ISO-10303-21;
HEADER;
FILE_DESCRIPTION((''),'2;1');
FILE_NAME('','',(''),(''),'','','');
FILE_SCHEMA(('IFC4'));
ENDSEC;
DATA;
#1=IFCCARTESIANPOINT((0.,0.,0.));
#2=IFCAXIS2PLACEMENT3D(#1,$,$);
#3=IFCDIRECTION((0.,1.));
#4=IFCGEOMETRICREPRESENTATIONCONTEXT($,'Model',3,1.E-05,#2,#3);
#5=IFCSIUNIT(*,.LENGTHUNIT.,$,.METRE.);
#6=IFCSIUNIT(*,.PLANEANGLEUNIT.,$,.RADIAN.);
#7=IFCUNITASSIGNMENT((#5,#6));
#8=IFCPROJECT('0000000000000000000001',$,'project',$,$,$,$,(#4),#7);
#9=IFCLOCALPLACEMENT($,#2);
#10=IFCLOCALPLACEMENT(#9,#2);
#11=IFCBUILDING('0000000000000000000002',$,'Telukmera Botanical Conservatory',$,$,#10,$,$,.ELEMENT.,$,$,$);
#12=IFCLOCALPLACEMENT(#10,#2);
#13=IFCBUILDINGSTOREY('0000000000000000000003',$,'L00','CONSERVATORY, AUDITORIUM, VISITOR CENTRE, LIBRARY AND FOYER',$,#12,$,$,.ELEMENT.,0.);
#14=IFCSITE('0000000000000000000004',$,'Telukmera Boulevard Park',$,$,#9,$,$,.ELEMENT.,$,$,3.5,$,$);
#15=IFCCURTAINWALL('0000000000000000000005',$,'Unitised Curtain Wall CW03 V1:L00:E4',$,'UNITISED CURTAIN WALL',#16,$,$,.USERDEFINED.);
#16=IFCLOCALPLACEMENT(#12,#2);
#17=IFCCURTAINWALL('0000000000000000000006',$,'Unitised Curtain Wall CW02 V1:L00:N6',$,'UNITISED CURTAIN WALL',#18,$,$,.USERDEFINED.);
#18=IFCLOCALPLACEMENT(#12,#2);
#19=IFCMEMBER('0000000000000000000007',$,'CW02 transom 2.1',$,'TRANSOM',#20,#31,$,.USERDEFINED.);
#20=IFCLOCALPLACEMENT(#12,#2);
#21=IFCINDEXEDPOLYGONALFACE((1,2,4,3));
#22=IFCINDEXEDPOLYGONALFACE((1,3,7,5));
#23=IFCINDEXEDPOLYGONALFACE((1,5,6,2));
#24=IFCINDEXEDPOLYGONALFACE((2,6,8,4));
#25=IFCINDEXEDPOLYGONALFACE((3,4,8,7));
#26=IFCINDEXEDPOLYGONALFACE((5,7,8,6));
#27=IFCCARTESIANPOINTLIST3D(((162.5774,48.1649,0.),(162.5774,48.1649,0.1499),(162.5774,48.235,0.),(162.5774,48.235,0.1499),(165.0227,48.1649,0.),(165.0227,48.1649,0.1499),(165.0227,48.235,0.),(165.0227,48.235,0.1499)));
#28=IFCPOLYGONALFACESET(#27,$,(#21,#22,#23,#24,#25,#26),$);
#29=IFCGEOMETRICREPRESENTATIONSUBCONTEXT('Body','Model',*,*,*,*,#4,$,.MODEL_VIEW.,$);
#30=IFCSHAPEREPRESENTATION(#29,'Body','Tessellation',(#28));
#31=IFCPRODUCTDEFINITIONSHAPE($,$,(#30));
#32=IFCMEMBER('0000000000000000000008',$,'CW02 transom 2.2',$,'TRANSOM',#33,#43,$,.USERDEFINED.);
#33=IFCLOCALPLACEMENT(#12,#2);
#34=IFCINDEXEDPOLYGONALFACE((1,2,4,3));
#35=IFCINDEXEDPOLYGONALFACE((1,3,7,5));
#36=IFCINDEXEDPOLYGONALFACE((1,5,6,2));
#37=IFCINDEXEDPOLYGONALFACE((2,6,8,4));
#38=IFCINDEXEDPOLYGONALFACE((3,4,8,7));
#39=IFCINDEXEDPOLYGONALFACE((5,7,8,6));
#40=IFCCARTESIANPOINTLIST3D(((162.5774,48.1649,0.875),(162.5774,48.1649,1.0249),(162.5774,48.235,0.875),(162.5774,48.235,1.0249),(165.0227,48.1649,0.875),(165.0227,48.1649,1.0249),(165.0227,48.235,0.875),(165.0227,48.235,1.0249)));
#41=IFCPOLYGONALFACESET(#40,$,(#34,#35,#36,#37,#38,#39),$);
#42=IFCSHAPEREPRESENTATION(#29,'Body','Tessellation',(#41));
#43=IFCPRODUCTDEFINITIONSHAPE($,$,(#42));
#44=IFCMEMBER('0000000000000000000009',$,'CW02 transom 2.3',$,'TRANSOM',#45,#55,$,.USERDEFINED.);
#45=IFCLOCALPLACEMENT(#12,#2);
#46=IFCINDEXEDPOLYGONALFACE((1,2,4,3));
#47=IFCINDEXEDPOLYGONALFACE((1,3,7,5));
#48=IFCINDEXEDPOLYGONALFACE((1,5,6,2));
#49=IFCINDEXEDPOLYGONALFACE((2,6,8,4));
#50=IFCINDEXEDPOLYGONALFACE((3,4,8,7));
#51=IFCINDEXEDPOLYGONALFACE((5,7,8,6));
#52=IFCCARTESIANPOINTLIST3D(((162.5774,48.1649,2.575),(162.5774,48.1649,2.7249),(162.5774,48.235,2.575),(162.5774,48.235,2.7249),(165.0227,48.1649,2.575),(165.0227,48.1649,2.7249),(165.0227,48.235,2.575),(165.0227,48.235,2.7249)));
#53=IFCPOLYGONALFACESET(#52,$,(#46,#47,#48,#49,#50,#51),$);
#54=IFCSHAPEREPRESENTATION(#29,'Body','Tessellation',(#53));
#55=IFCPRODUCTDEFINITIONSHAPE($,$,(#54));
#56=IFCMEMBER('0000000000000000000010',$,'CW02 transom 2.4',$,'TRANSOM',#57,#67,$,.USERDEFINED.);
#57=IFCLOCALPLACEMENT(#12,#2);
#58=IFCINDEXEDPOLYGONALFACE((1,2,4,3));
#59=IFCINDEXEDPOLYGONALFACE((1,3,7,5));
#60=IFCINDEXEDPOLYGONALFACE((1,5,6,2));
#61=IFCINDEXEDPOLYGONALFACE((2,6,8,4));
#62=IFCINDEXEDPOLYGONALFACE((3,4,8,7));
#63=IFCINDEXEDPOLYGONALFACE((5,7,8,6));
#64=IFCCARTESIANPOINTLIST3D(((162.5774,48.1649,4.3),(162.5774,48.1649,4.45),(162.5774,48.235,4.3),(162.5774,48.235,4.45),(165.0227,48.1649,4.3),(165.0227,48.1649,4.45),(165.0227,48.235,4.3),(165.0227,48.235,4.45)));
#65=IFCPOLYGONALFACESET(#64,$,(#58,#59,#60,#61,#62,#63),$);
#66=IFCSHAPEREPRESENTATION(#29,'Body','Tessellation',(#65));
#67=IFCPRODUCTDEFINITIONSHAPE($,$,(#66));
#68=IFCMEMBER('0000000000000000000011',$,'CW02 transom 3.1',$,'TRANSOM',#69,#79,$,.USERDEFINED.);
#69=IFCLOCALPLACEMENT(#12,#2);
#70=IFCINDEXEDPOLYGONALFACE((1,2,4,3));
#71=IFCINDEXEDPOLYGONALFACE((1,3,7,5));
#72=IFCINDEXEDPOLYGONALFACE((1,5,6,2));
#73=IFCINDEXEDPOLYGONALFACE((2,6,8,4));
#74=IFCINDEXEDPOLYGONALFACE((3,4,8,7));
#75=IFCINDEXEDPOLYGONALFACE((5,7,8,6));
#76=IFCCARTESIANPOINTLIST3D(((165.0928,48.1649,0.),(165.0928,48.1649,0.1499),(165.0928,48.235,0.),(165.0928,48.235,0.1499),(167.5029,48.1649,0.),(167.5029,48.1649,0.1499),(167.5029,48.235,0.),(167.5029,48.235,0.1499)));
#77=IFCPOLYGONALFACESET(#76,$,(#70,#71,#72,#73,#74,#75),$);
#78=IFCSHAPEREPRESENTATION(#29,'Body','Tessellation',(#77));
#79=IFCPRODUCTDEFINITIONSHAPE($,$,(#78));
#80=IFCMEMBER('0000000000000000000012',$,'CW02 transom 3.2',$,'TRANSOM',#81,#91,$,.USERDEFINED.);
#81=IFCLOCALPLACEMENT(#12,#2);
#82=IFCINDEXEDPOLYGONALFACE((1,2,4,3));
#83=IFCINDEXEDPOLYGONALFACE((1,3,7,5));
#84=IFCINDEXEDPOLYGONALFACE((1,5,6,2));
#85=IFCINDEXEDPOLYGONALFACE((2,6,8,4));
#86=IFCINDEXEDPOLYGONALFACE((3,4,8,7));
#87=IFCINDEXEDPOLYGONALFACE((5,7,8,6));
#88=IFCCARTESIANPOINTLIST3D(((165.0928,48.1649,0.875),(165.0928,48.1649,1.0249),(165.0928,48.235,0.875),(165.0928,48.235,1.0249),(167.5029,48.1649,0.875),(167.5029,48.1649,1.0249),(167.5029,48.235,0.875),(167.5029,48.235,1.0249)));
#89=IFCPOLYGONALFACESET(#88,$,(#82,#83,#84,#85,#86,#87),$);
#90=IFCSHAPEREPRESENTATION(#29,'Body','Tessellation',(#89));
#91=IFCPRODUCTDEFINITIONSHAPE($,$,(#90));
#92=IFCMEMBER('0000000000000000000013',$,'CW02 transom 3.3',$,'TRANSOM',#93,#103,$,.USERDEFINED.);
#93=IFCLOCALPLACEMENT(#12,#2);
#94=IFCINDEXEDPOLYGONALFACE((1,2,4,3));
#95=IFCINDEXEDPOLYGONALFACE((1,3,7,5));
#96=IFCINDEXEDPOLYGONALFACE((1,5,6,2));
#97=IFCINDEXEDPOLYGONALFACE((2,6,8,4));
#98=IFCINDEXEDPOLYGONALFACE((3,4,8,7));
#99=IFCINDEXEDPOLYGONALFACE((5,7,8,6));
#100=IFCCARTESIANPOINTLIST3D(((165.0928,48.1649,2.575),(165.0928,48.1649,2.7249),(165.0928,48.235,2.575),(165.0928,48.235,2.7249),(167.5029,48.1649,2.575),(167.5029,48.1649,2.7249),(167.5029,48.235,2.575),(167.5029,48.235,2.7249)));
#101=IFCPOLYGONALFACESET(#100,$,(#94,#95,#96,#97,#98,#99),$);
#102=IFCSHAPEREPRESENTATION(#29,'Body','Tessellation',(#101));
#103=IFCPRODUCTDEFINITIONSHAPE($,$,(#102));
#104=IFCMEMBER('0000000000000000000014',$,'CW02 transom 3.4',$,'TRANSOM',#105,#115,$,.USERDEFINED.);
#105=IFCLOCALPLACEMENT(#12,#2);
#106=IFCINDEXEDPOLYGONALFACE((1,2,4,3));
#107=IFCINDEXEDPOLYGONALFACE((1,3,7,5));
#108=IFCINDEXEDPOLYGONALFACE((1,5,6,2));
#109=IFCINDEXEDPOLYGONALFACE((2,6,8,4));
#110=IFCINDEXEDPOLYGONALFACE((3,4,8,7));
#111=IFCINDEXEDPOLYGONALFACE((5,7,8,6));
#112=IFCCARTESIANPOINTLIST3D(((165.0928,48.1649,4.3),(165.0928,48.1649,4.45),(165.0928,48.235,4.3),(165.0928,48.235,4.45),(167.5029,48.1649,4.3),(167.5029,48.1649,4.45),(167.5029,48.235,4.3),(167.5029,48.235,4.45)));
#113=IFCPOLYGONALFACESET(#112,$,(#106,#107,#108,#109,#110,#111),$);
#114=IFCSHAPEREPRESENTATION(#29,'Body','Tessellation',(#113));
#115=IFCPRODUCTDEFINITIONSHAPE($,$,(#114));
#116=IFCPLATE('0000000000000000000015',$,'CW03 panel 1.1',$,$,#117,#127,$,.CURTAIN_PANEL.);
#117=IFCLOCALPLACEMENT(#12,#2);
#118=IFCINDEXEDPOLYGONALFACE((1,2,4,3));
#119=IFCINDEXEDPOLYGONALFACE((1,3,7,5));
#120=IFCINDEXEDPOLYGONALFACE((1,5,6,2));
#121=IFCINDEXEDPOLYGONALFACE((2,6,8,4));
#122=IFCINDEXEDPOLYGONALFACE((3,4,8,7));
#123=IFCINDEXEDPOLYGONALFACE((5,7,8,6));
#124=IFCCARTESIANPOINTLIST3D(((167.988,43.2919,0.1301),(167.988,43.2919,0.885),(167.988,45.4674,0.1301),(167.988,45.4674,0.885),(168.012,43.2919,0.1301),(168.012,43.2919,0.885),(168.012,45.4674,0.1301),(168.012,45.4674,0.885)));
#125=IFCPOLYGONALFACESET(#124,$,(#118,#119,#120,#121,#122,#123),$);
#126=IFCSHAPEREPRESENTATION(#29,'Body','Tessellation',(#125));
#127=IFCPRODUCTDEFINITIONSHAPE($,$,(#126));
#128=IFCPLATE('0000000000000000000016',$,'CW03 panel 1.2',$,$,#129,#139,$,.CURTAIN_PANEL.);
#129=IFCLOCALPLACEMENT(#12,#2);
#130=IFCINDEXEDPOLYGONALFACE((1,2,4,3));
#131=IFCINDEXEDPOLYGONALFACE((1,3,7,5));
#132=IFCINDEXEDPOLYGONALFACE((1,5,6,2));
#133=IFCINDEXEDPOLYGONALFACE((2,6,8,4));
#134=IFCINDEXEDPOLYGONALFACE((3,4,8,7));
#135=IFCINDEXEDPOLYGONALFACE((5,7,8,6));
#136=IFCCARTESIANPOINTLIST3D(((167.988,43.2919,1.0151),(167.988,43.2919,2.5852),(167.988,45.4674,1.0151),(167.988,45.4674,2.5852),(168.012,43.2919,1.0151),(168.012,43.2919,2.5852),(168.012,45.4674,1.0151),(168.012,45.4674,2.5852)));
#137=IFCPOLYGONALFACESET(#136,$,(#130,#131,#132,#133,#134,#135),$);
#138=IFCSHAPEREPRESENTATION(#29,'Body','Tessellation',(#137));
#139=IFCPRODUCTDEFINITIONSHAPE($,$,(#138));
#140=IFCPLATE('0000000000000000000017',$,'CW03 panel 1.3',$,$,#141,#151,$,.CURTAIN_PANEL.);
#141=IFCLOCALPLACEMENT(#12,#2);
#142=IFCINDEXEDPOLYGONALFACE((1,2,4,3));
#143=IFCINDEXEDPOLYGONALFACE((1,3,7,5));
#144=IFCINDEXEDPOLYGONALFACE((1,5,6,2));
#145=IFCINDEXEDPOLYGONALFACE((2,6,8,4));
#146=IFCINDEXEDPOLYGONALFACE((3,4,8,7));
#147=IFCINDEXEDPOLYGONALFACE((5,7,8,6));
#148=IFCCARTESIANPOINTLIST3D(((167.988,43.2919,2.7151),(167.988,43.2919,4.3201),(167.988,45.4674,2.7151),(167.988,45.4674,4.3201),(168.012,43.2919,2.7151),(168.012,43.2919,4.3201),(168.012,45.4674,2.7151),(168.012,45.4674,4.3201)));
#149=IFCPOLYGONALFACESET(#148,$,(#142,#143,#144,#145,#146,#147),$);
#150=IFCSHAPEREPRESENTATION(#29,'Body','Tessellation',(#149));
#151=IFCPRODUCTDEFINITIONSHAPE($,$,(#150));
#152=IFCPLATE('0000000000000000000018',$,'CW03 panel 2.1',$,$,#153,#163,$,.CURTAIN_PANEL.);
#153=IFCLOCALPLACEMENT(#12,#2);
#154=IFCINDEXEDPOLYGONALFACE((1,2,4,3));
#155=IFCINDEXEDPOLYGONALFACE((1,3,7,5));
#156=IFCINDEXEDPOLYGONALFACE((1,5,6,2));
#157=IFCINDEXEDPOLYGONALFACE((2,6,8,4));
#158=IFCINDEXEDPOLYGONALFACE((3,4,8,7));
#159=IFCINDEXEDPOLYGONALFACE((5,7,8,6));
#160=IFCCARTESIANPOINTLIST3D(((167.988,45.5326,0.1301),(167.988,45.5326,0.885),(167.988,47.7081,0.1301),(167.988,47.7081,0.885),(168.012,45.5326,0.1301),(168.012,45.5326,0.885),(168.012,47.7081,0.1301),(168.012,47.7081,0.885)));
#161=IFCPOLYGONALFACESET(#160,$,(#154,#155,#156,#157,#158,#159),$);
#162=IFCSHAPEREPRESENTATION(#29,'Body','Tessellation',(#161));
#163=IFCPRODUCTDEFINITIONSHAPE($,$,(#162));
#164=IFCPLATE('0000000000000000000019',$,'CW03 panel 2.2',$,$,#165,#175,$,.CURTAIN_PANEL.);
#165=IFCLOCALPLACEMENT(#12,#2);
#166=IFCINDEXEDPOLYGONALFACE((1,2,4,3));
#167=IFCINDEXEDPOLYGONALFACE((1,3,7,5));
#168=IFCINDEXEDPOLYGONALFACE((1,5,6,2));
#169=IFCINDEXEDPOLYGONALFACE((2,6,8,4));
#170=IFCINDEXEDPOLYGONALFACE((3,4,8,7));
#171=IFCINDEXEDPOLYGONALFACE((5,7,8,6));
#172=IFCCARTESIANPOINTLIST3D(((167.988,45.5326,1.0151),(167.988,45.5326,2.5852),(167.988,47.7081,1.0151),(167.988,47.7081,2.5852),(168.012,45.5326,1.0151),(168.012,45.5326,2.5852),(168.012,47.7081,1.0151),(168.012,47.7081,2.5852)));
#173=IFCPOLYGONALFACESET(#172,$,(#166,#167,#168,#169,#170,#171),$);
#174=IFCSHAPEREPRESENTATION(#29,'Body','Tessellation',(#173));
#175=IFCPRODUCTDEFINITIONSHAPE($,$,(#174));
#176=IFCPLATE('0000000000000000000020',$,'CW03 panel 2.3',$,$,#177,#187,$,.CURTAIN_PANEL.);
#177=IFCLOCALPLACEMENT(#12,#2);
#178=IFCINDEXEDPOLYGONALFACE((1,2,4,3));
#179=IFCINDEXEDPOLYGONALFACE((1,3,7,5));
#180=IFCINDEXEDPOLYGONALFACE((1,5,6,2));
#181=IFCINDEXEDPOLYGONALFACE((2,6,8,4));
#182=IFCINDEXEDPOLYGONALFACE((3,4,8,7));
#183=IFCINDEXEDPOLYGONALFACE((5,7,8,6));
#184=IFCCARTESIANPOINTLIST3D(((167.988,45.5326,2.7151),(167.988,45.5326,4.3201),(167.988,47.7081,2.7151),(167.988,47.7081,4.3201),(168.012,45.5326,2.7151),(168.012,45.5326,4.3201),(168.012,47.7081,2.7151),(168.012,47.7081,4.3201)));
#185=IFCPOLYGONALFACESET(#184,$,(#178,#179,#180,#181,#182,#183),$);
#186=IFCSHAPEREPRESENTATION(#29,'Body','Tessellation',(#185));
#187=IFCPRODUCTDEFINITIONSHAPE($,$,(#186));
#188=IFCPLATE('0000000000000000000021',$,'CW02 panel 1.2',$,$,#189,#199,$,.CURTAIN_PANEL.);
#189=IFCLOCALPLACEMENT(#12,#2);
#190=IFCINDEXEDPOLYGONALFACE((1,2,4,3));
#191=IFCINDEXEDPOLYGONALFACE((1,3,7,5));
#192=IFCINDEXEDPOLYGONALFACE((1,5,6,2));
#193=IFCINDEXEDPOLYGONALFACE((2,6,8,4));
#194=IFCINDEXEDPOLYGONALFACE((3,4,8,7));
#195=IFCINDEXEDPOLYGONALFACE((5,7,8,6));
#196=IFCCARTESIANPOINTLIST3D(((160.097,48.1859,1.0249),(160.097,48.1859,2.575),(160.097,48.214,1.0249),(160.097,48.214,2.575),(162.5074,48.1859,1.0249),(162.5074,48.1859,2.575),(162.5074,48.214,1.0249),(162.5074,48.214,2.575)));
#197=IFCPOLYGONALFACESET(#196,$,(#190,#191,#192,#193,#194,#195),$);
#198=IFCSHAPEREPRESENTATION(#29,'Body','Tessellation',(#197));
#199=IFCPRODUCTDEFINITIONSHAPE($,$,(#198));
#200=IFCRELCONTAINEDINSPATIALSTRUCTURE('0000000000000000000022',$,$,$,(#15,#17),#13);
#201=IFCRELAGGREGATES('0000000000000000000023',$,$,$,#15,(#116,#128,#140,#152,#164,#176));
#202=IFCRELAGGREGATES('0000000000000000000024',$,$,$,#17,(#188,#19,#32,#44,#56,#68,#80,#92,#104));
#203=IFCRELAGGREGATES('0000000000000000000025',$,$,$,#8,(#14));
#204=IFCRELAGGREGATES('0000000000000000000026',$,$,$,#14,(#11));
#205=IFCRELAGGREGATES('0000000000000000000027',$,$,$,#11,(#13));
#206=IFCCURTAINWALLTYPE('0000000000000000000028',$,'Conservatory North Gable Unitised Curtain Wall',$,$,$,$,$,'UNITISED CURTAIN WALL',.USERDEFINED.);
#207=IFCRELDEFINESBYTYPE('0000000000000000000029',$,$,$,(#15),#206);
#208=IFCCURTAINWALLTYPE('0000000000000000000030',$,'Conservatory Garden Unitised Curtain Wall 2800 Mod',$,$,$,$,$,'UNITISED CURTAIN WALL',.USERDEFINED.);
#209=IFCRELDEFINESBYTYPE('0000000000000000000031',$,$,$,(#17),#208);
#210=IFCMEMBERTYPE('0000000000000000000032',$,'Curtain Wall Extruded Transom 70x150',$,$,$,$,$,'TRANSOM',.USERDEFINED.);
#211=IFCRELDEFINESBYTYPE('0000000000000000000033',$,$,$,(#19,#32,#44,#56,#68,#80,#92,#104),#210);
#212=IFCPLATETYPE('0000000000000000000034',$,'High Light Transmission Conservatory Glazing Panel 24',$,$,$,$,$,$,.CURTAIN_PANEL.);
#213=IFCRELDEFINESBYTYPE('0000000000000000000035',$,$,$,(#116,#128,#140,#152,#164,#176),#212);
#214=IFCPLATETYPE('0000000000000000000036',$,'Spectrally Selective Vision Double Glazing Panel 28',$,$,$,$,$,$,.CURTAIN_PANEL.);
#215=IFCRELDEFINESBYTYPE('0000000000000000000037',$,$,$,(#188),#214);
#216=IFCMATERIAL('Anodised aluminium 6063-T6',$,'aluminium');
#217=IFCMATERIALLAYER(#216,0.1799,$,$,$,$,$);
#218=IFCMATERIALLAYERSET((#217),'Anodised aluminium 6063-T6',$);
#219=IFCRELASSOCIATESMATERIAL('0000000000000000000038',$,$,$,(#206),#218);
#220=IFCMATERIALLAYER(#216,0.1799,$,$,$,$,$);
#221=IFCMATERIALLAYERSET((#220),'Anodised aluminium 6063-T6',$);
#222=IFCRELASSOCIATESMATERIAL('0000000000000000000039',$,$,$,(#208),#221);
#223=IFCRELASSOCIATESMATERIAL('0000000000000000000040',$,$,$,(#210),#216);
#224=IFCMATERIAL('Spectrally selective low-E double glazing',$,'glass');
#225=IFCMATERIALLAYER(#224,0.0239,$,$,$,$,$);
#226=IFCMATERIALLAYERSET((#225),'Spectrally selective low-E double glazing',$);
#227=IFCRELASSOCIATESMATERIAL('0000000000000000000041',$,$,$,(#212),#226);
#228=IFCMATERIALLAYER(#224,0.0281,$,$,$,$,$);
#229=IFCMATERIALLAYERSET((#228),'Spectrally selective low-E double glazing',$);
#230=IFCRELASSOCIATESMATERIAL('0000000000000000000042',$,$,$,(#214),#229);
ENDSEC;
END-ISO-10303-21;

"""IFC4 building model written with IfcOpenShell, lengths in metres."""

from ifc_helpers import new_model, si_unit, direction, frame, origin, origin_2d, place, context, subcontext, project, spatial, rectangle, extrude, material, layer, layer_set, material_profile, profile_set, type_object, element, aggregate, save


model = new_model("IFC4")

# Units and contexts
model_context = context("Model", 3, precision=1e-05, world=origin(), true_north=direction((0.0, 1.0)))
body_context = subcontext(model_context, "Body", "Model", "MODEL_VIEW")
ifc_project = project(units=[si_unit("LENGTHUNIT", "METRE"), si_unit("PLANEANGLEUNIT", "RADIAN")], contexts=[model_context])

# Site, building, storey
site_placement = place(None, origin())
site = spatial("IfcSite", under=ifc_project, at=site_placement, Name="Telukmera Boulevard Park", CompositionType="ELEMENT", RefElevation=3.5)
building_placement = place(site_placement, origin())
building = spatial("IfcBuilding", under=site, at=building_placement, Name="Telukmera Botanical Conservatory", CompositionType="ELEMENT")
storey_placement = place(building_placement, origin())
storey = spatial("IfcBuildingStorey", under=building, at=storey_placement, Name="L00", Description="CONSERVATORY, AUDITORIUM, VISITOR CENTRE, LIBRARY AND FOYER", CompositionType="ELEMENT", Elevation=0.0)

# Curtain walls
ifc_material_1 = material(Name="Anodised aluminium 6063-T6", Category="aluminium")
ifc_layer_1 = layer(ifc_material_1, 0.1799)
ifc_layer_set_1 = layer_set([ifc_layer_1], Name="Anodised aluminium 6063-T6")
curtain_wall_type_1 = type_object("IfcCurtainWallType", Name="Conservatory North Gable Unitised Curtain Wall", ElementType="UNITISED CURTAIN WALL", PredefinedType="USERDEFINED", material=ifc_layer_set_1)
curtain_wall_1_placement = place(storey_placement, origin())
curtain_wall_1 = element("IfcCurtainWall", 1, at=curtain_wall_1_placement, inside=storey, type_object=curtain_wall_type_1, Name="Unitised Curtain Wall CW03 V1:L00:E4", ObjectType="UNITISED CURTAIN WALL", PredefinedType="USERDEFINED")
ifc_layer_2 = layer(ifc_material_1, 0.1799)
ifc_layer_set_2 = layer_set([ifc_layer_2], Name="Anodised aluminium 6063-T6")
curtain_wall_type_2 = type_object("IfcCurtainWallType", Name="Conservatory Garden Unitised Curtain Wall 2800 Mod", ElementType="UNITISED CURTAIN WALL", PredefinedType="USERDEFINED", material=ifc_layer_set_2)
curtain_wall_2_placement = place(storey_placement, origin())
curtain_wall_2 = element("IfcCurtainWall", 2, at=curtain_wall_2_placement, inside=storey, type_object=curtain_wall_type_2, Name="Unitised Curtain Wall CW02 V1:L00:N6", ObjectType="UNITISED CURTAIN WALL", PredefinedType="USERDEFINED")

# Members
ifc_material_profile_1 = material_profile(ifc_material_1, rectangle(XDim=0.0701, YDim=0.1499, at=origin_2d()), Name="ALU TRAN 70x150")
ifc_profile_set_1 = profile_set([ifc_material_profile_1], Name="Anodised aluminium 6063-T6")
member_type_1 = type_object("IfcMemberType", Name="Curtain Wall Extruded Transom 70x150", ElementType="TRANSOM", PredefinedType="USERDEFINED", material=ifc_profile_set_1)
member_1_placement = place(storey_placement, frame((162.5774, 48.2, 0.075), z_axis=(1.0, 0.0, 0.0), x_axis=(0.0, 1.0, 0.0)))
member_1 = element("IfcMember", 3, at=member_1_placement, type_object=member_type_1, Name="CW02 transom 2.1", ObjectType="TRANSOM", PredefinedType="USERDEFINED", context=body_context, shape_type="SweptSolid", body=[
    extrude(rectangle(XDim=0.0701, YDim=0.1499, at=origin_2d()), origin(), (0.0, 0.0, 1.0), 2.4453),
])
member_2_placement = place(storey_placement, frame((162.5774, 48.2, 0.95), z_axis=(1.0, 0.0, 0.0), x_axis=(0.0, 1.0, 0.0)))
member_2 = element("IfcMember", 4, at=member_2_placement, type_object=member_type_1, Name="CW02 transom 2.2", ObjectType="TRANSOM", PredefinedType="USERDEFINED", context=body_context, shape_type="SweptSolid", body=[
    extrude(rectangle(XDim=0.0701, YDim=0.1499, at=origin_2d()), origin(), (0.0, 0.0, 1.0), 2.4453),
])
member_3_placement = place(storey_placement, frame((162.5774, 48.2, 2.6499), z_axis=(1.0, 0.0, 0.0), x_axis=(0.0, 1.0, 0.0)))
member_3 = element("IfcMember", 5, at=member_3_placement, type_object=member_type_1, Name="CW02 transom 2.3", ObjectType="TRANSOM", PredefinedType="USERDEFINED", context=body_context, shape_type="SweptSolid", body=[
    extrude(rectangle(XDim=0.0701, YDim=0.1499, at=origin_2d()), origin(), (0.0, 0.0, 1.0), 2.4453),
])
member_4_placement = place(storey_placement, frame((162.5774, 48.2, 4.375), z_axis=(1.0, 0.0, 0.0), x_axis=(0.0, 1.0, 0.0)))
member_4 = element("IfcMember", 6, at=member_4_placement, type_object=member_type_1, Name="CW02 transom 2.4", ObjectType="TRANSOM", PredefinedType="USERDEFINED", context=body_context, shape_type="SweptSolid", body=[
    extrude(rectangle(XDim=0.0701, YDim=0.1499, at=origin_2d()), origin(), (0.0, 0.0, 1.0), 2.4453),
])
member_5_placement = place(storey_placement, frame((165.0928, 48.2, 0.075), z_axis=(1.0, 0.0, 0.0), x_axis=(0.0, 1.0, 0.0)))
member_5 = element("IfcMember", 7, at=member_5_placement, type_object=member_type_1, Name="CW02 transom 3.1", ObjectType="TRANSOM", PredefinedType="USERDEFINED", context=body_context, shape_type="SweptSolid", body=[
    extrude(rectangle(XDim=0.0701, YDim=0.1499, at=origin_2d()), origin(), (0.0, 0.0, 1.0), 2.4102),
])
member_6_placement = place(storey_placement, frame((165.0928, 48.2, 0.95), z_axis=(1.0, 0.0, 0.0), x_axis=(0.0, 1.0, 0.0)))
member_6 = element("IfcMember", 8, at=member_6_placement, type_object=member_type_1, Name="CW02 transom 3.2", ObjectType="TRANSOM", PredefinedType="USERDEFINED", context=body_context, shape_type="SweptSolid", body=[
    extrude(rectangle(XDim=0.0701, YDim=0.1499, at=origin_2d()), origin(), (0.0, 0.0, 1.0), 2.4102),
])
member_7_placement = place(storey_placement, frame((165.0928, 48.2, 2.6499), z_axis=(1.0, 0.0, 0.0), x_axis=(0.0, 1.0, 0.0)))
member_7 = element("IfcMember", 9, at=member_7_placement, type_object=member_type_1, Name="CW02 transom 3.3", ObjectType="TRANSOM", PredefinedType="USERDEFINED", context=body_context, shape_type="SweptSolid", body=[
    extrude(rectangle(XDim=0.0701, YDim=0.1499, at=origin_2d()), origin(), (0.0, 0.0, 1.0), 2.4102),
])
member_8_placement = place(storey_placement, frame((165.0928, 48.2, 4.375), z_axis=(1.0, 0.0, 0.0), x_axis=(0.0, 1.0, 0.0)))
member_8 = element("IfcMember", 10, at=member_8_placement, type_object=member_type_1, Name="CW02 transom 3.4", ObjectType="TRANSOM", PredefinedType="USERDEFINED", context=body_context, shape_type="SweptSolid", body=[
    extrude(rectangle(XDim=0.0701, YDim=0.1499, at=origin_2d()), origin(), (0.0, 0.0, 1.0), 2.4102),
])

# Plates
ifc_material_2 = material(Name="Spectrally selective low-E double glazing", Category="glass")
ifc_layer_3 = layer(ifc_material_2, 0.0239)
ifc_layer_set_3 = layer_set([ifc_layer_3], Name="Spectrally selective low-E double glazing")
plate_type_1 = type_object("IfcPlateType", Name="High Light Transmission Conservatory Glazing Panel 24", PredefinedType="CURTAIN_PANEL", material=ifc_layer_set_3)
plate_1_placement = place(storey_placement, frame((168.0, 44.3796, 0.1301), z_axis=(0.0, 0.0, 1.0), x_axis=(0.0, 1.0, 0.0)))
plate_1 = element("IfcPlate", 11, at=plate_1_placement, type_object=plate_type_1, Name="CW03 panel 1.1", PredefinedType="CURTAIN_PANEL", context=body_context, shape_type="SweptSolid", body=[
    extrude(rectangle(XDim=2.1755, YDim=0.0239, at=origin_2d()), origin(), (0.0, 0.0, 1.0), 0.7549),
])
plate_2_placement = place(storey_placement, frame((168.0, 44.3796, 1.0151), z_axis=(0.0, 0.0, 1.0), x_axis=(0.0, 1.0, 0.0)))
plate_2 = element("IfcPlate", 12, at=plate_2_placement, type_object=plate_type_1, Name="CW03 panel 1.2", PredefinedType="CURTAIN_PANEL", context=body_context, shape_type="SweptSolid", body=[
    extrude(rectangle(XDim=2.1755, YDim=0.0239, at=origin_2d()), origin(), (0.0, 0.0, 1.0), 1.5701),
])
plate_3_placement = place(storey_placement, frame((168.0, 44.3796, 2.7151), z_axis=(0.0, 0.0, 1.0), x_axis=(0.0, 1.0, 0.0)))
plate_3 = element("IfcPlate", 13, at=plate_3_placement, type_object=plate_type_1, Name="CW03 panel 1.3", PredefinedType="CURTAIN_PANEL", context=body_context, shape_type="SweptSolid", body=[
    extrude(rectangle(XDim=2.1755, YDim=0.0239, at=origin_2d()), origin(), (0.0, 0.0, 1.0), 1.605),
])
plate_4_placement = place(storey_placement, frame((168.0, 46.6204, 0.1301), z_axis=(0.0, 0.0, 1.0), x_axis=(0.0, 1.0, 0.0)))
plate_4 = element("IfcPlate", 14, at=plate_4_placement, type_object=plate_type_1, Name="CW03 panel 2.1", PredefinedType="CURTAIN_PANEL", context=body_context, shape_type="SweptSolid", body=[
    extrude(rectangle(XDim=2.1755, YDim=0.0239, at=origin_2d()), origin(), (0.0, 0.0, 1.0), 0.7549),
])
plate_5_placement = place(storey_placement, frame((168.0, 46.6204, 1.0151), z_axis=(0.0, 0.0, 1.0), x_axis=(0.0, 1.0, 0.0)))
plate_5 = element("IfcPlate", 15, at=plate_5_placement, type_object=plate_type_1, Name="CW03 panel 2.2", PredefinedType="CURTAIN_PANEL", context=body_context, shape_type="SweptSolid", body=[
    extrude(rectangle(XDim=2.1755, YDim=0.0239, at=origin_2d()), origin(), (0.0, 0.0, 1.0), 1.5701),
])
plate_6_placement = place(storey_placement, frame((168.0, 46.6204, 2.7151), z_axis=(0.0, 0.0, 1.0), x_axis=(0.0, 1.0, 0.0)))
plate_6 = element("IfcPlate", 16, at=plate_6_placement, type_object=plate_type_1, Name="CW03 panel 2.3", PredefinedType="CURTAIN_PANEL", context=body_context, shape_type="SweptSolid", body=[
    extrude(rectangle(XDim=2.1755, YDim=0.0239, at=origin_2d()), origin(), (0.0, 0.0, 1.0), 1.605),
])
aggregate(curtain_wall_1, [plate_1, plate_2, plate_3, plate_4, plate_5, plate_6])
ifc_layer_4 = layer(ifc_material_2, 0.0281)
ifc_layer_set_4 = layer_set([ifc_layer_4], Name="Spectrally selective low-E double glazing")
plate_type_2 = type_object("IfcPlateType", Name="Spectrally Selective Vision Double Glazing Panel 28", PredefinedType="CURTAIN_PANEL", material=ifc_layer_set_4)
plate_7_placement = place(storey_placement, frame((161.3022, 48.2, 1.0249), z_axis=(0.0, 0.0, 1.0), x_axis=(1.0, 0.0, 0.0)))
plate_7 = element("IfcPlate", 17, at=plate_7_placement, type_object=plate_type_2, Name="CW02 panel 1.2", PredefinedType="CURTAIN_PANEL", context=body_context, shape_type="SweptSolid", body=[
    extrude(rectangle(XDim=2.4104, YDim=0.0281, at=origin_2d()), origin(), (0.0, 0.0, 1.0), 1.55),
])
aggregate(curtain_wall_2, [plate_7, member_1, member_2, member_3, member_4, member_5, member_6, member_7, member_8])

save(model, "model.ifc")
